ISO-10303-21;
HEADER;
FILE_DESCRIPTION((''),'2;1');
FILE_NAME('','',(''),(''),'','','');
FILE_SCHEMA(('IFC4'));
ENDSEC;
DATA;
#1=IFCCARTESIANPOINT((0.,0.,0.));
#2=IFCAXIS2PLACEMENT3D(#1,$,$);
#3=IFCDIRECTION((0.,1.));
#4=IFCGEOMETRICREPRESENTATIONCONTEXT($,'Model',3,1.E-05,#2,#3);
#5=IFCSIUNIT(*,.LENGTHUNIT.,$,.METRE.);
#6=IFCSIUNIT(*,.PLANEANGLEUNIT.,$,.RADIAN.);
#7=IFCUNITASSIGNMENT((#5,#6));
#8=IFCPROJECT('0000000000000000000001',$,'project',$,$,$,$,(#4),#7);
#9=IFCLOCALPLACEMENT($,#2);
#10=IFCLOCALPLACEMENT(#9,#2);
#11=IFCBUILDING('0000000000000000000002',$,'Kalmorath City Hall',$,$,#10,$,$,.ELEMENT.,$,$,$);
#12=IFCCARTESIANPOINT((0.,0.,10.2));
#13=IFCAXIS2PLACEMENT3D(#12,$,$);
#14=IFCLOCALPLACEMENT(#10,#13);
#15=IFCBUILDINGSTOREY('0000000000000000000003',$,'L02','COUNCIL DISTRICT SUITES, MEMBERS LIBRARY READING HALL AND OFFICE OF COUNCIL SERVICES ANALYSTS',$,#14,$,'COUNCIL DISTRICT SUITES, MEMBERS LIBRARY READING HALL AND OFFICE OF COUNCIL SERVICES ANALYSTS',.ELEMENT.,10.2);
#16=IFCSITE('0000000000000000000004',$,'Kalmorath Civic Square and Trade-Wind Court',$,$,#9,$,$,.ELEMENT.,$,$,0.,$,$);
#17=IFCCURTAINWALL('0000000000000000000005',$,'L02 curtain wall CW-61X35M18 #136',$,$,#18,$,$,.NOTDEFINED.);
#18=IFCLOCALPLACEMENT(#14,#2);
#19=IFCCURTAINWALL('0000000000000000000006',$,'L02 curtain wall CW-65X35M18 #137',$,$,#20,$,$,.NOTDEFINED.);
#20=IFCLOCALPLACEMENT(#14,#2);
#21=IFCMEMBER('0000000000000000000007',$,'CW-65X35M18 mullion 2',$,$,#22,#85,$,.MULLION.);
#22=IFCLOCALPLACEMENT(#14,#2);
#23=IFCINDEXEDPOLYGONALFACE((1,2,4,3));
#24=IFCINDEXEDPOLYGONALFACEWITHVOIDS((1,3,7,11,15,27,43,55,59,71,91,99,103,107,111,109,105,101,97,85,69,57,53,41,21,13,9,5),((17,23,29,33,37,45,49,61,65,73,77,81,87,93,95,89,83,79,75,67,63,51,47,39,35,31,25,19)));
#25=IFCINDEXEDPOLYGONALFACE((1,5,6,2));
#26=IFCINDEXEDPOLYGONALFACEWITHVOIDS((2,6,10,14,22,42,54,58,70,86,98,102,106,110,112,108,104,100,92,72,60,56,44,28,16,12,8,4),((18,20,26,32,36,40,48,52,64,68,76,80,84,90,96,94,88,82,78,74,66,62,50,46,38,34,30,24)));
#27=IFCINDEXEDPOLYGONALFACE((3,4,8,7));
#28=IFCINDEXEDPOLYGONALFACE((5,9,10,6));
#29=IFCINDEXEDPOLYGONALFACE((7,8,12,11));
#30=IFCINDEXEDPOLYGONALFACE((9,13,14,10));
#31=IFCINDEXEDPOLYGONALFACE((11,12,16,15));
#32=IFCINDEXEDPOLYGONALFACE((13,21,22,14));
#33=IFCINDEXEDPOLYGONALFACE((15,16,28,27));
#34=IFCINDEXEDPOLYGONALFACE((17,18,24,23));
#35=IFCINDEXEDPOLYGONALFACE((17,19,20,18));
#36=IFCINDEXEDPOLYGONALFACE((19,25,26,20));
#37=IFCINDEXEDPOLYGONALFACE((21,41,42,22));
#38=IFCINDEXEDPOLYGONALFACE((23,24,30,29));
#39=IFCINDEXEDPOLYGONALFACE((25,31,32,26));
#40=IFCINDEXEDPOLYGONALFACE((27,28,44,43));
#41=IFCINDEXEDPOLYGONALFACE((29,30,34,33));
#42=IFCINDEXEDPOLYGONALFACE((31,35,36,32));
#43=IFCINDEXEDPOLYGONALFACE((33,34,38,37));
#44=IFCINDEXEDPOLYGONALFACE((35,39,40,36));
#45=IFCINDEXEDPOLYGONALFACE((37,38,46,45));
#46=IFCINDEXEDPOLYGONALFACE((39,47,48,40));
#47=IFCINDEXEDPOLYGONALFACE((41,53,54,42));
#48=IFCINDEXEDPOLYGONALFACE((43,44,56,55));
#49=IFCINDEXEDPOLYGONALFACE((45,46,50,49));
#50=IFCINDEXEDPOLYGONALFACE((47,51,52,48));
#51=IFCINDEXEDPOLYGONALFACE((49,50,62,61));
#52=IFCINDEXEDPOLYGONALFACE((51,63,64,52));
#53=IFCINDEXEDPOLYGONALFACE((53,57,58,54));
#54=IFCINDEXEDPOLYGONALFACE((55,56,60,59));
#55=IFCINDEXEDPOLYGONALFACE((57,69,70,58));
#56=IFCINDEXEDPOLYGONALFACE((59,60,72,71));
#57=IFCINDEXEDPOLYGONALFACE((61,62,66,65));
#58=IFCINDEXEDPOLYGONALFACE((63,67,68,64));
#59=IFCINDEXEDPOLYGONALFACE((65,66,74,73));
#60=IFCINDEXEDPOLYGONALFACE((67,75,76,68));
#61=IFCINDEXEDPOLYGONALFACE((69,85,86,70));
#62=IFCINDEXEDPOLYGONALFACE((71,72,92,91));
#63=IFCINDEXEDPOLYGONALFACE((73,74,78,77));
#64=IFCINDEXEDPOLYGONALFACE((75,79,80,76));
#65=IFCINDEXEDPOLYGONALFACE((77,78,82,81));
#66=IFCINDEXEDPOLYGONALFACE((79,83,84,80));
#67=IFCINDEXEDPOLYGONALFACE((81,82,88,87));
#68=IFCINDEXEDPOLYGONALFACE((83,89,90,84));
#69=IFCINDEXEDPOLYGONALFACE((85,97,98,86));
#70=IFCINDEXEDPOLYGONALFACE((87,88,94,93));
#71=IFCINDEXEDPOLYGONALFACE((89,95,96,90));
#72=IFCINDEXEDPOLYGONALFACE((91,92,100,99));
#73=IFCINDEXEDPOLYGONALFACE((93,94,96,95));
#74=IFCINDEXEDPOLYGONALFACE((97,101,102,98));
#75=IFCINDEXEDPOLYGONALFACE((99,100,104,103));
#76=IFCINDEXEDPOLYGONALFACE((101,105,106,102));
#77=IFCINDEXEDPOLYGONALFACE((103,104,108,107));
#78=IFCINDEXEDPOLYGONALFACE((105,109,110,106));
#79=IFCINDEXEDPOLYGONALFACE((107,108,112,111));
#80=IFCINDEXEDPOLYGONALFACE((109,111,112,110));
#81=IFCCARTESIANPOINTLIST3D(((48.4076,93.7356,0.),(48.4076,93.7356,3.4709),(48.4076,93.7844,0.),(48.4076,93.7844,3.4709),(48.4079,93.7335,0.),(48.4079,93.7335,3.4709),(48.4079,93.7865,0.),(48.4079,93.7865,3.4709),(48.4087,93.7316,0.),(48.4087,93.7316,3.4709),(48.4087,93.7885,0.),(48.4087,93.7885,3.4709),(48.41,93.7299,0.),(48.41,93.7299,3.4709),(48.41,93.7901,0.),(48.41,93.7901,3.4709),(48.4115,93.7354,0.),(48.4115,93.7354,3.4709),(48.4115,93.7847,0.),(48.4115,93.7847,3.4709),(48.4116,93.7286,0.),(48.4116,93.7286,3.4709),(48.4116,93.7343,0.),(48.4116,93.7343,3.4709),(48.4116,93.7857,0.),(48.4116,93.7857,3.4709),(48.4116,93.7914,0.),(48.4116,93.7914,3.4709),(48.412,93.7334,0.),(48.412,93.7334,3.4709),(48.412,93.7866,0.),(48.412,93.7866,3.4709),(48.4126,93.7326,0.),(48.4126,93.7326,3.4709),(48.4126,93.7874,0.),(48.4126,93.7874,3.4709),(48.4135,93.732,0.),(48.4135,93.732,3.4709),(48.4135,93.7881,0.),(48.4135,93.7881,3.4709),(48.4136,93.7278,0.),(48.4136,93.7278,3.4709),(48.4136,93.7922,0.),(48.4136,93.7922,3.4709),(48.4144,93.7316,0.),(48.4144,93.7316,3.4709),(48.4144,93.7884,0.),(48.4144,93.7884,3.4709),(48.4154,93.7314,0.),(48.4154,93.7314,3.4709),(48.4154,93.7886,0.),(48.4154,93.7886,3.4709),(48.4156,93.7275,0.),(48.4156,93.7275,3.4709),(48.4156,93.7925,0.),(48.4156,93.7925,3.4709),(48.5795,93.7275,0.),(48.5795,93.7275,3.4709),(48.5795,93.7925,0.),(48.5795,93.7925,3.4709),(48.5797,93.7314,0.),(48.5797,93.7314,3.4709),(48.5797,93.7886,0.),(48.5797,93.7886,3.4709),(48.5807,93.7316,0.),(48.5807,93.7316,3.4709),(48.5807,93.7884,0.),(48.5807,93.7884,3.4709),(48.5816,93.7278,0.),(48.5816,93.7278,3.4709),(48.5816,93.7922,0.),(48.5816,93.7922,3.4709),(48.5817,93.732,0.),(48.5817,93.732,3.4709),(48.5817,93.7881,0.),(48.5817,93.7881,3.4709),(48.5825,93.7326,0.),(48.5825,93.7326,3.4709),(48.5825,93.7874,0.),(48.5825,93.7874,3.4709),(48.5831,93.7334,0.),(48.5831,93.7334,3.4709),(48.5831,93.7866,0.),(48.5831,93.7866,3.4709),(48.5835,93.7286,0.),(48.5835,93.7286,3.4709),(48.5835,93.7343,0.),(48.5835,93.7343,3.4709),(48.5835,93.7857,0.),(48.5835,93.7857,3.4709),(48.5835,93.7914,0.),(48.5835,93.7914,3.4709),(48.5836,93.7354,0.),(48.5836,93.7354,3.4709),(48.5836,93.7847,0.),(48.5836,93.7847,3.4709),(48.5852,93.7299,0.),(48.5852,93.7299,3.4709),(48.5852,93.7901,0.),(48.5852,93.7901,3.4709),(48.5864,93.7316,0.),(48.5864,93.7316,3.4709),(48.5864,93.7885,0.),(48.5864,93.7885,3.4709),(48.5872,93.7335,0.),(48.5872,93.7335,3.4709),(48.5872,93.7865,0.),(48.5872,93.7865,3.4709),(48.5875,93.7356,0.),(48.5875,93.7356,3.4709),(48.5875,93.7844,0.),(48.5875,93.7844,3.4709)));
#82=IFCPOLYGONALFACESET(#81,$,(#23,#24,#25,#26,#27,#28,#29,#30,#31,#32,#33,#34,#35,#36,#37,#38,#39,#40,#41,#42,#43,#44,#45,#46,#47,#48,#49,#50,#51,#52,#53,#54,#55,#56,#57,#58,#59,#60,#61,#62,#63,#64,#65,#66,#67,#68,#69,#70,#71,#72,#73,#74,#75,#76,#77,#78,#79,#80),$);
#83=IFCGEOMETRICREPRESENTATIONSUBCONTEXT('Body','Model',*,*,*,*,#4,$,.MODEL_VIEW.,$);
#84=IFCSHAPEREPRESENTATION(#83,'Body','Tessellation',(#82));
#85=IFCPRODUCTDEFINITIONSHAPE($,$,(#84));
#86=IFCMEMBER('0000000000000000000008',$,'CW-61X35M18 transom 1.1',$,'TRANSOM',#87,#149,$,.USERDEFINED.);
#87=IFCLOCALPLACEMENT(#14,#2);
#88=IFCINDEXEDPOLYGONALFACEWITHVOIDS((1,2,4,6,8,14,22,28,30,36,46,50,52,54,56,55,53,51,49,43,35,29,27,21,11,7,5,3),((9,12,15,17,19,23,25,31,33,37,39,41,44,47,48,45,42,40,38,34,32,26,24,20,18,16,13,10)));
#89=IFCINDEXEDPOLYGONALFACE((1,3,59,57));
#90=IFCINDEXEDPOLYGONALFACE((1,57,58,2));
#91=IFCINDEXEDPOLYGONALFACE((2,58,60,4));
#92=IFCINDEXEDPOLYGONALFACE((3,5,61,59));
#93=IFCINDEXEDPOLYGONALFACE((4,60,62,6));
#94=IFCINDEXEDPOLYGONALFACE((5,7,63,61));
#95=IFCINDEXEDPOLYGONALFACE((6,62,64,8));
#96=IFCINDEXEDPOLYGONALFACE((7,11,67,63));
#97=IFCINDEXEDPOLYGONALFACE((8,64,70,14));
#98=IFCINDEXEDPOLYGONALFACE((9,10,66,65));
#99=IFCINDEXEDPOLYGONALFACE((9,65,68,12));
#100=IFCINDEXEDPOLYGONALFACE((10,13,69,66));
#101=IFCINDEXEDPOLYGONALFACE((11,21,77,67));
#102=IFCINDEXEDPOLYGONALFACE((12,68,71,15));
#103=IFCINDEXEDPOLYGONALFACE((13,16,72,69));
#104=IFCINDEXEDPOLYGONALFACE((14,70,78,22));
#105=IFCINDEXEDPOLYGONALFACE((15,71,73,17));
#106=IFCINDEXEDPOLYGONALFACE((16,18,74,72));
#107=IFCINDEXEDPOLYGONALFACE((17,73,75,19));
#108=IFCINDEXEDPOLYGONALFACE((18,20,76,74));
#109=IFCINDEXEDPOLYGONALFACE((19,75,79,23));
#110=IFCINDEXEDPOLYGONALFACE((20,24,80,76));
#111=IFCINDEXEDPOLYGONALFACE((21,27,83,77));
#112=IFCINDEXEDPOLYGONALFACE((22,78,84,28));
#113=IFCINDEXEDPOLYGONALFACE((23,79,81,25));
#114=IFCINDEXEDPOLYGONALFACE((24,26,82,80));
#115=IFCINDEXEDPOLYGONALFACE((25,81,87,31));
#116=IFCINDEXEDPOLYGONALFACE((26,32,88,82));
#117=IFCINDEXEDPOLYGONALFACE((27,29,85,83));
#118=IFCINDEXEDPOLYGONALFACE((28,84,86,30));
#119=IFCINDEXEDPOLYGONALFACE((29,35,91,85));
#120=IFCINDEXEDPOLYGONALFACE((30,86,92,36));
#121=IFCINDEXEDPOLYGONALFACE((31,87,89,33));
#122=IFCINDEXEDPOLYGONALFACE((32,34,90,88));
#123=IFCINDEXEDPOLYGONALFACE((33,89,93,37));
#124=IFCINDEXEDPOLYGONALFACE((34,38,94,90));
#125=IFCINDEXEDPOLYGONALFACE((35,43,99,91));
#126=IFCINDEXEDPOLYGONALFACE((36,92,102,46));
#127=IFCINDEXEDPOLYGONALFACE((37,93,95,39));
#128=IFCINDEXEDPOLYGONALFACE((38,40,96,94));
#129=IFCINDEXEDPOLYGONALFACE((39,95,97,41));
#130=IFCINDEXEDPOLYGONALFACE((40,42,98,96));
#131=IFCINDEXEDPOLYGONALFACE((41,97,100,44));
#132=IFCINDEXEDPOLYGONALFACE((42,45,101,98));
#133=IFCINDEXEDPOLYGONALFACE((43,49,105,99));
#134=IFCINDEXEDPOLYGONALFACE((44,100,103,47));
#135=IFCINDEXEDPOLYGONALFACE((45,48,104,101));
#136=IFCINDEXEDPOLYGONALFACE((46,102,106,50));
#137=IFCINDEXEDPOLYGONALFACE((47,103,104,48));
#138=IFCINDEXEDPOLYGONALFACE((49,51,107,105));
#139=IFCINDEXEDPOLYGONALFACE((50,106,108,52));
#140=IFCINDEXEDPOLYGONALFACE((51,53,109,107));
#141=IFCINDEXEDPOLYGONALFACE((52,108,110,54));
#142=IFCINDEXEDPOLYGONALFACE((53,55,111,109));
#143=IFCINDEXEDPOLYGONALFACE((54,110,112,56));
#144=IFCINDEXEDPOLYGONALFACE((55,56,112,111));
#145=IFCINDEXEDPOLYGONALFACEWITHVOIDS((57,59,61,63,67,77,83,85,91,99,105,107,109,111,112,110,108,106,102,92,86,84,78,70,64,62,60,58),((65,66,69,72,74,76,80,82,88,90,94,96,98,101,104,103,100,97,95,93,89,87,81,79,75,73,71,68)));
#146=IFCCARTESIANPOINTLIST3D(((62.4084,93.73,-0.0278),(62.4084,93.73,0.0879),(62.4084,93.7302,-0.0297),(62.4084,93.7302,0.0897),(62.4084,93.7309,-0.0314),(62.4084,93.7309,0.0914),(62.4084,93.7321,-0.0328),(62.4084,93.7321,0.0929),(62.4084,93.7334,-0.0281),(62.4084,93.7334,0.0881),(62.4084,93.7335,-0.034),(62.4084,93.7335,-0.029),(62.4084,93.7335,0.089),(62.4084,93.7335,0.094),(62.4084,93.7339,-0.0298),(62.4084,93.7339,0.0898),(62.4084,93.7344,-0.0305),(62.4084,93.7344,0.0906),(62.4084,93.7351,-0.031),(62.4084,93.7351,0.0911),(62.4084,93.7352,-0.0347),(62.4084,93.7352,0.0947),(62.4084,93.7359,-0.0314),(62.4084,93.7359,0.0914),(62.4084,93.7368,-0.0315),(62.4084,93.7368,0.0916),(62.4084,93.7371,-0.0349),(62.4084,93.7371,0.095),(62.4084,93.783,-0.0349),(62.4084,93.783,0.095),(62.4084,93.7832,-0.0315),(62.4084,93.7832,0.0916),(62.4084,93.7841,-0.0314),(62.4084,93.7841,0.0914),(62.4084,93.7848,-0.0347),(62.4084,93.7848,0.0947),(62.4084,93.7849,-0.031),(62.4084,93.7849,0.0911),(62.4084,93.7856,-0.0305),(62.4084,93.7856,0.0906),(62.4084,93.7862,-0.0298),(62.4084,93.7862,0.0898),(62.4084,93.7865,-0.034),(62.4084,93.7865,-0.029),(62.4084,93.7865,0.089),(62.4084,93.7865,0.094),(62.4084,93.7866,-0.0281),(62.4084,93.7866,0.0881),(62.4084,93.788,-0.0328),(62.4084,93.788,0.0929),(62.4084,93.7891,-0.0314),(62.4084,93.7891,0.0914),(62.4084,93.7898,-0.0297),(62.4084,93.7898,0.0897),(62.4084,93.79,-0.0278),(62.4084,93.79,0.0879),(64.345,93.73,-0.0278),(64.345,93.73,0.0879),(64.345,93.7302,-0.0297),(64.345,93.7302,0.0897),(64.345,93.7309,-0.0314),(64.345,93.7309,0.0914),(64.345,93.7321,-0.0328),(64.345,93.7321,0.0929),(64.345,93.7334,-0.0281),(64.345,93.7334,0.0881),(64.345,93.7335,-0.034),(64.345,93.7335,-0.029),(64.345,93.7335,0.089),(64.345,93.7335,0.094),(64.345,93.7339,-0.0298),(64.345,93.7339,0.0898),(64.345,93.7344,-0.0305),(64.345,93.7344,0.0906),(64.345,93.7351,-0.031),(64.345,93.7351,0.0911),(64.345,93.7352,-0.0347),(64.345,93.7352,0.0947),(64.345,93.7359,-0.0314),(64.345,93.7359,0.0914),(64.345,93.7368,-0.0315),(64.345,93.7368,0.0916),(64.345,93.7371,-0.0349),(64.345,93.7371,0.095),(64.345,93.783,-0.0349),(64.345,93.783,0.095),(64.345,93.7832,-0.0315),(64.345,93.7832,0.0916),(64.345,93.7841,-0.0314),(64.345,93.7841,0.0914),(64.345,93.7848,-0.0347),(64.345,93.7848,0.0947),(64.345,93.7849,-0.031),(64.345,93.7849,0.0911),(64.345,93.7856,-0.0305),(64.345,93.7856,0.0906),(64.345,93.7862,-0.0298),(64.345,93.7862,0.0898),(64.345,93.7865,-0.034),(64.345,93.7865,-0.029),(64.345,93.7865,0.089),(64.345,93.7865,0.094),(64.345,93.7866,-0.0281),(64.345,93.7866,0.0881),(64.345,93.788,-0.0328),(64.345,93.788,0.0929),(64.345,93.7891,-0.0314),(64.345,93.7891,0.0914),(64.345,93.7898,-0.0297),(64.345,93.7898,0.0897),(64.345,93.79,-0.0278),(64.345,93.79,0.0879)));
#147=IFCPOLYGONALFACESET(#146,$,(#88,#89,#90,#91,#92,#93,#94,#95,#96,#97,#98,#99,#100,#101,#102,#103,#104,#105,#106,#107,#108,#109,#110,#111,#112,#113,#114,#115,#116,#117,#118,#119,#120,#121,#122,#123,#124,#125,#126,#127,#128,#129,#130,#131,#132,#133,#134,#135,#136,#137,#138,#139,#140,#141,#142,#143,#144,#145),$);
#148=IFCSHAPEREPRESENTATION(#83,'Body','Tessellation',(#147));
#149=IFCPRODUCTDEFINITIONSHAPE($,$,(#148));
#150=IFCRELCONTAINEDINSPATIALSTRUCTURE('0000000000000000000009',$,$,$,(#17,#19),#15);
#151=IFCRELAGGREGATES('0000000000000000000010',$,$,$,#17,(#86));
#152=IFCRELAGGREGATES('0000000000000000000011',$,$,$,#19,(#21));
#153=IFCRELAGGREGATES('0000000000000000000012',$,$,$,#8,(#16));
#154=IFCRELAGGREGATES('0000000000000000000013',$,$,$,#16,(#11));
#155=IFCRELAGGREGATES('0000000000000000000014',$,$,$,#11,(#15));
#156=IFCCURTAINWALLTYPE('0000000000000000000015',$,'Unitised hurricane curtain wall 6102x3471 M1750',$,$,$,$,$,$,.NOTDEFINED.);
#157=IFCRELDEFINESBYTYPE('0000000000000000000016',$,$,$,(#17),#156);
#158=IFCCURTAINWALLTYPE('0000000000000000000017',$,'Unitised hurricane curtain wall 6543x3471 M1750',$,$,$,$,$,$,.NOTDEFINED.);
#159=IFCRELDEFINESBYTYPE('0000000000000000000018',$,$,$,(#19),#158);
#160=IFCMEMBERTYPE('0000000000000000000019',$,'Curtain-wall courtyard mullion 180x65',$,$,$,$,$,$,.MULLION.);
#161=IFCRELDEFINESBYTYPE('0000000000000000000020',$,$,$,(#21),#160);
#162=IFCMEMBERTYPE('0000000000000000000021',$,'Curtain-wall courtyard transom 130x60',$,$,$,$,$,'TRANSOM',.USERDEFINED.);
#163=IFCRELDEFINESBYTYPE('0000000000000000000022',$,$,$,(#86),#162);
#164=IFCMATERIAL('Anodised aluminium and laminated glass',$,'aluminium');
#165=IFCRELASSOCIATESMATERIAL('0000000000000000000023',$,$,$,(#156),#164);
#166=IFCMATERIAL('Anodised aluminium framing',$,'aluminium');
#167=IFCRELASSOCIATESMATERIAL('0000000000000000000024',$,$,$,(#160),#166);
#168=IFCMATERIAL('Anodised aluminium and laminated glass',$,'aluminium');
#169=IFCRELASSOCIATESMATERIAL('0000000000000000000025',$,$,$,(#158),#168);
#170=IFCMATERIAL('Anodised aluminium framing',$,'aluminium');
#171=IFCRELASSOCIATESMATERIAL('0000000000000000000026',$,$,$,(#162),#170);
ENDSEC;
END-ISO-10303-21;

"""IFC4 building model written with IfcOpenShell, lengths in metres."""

from ifc_helpers import new_model, si_unit, direction, frame, origin, origin_2d, place, context, subcontext, project, spatial, hollow_rectangle, extrude, material, material_profile, profile_set, type_object, element, aggregate, save


model = new_model("IFC4")

# Units and contexts
model_context = context("Model", 3, precision=1e-05, world=origin(), true_north=direction((0.0, 1.0)))
body_context = subcontext(model_context, "Body", "Model", "MODEL_VIEW")
ifc_project = project(units=[si_unit("LENGTHUNIT", "METRE"), si_unit("PLANEANGLEUNIT", "RADIAN")], contexts=[model_context])

# Site, building, storey
site_placement = place(None, origin())
site = spatial("IfcSite", under=ifc_project, at=site_placement, Name="Kalmorath Civic Square and Trade-Wind Court", CompositionType="ELEMENT", RefElevation=0.0)
building_placement = place(site_placement, origin())
building = spatial("IfcBuilding", under=site, at=building_placement, Name="Kalmorath City Hall", CompositionType="ELEMENT")
storey_placement = place(building_placement, frame((0.0, 0.0, 10.2)))
storey = spatial("IfcBuildingStorey", under=building, at=storey_placement, Name="L02", Description="COUNCIL DISTRICT SUITES, MEMBERS LIBRARY READING HALL AND OFFICE OF COUNCIL SERVICES ANALYSTS", LongName="COUNCIL DISTRICT SUITES, MEMBERS LIBRARY READING HALL AND OFFICE OF COUNCIL SERVICES ANALYSTS", CompositionType="ELEMENT", Elevation=10.2)

# Curtain walls, member
ifc_material_1 = material(Name="Anodised aluminium and laminated glass", Category="aluminium")
curtain_wall_type_1 = type_object("IfcCurtainWallType", Name="Unitised hurricane curtain wall 6102x3471 M1750", PredefinedType="NOTDEFINED", material=ifc_material_1)
curtain_wall_1_placement = place(storey_placement, origin())
curtain_wall_1 = element("IfcCurtainWall", 1, at=curtain_wall_1_placement, inside=storey, type_object=curtain_wall_type_1, Name="L02 curtain wall CW-61X35M18 #136", PredefinedType="NOTDEFINED")
ifc_material_2 = material(Name="Anodised aluminium framing", Category="aluminium")
ifc_material_profile_1 = material_profile(ifc_material_2, hollow_rectangle(XDim=0.0649, YDim=0.1799, WallThickness=0.0039, InnerFilletRadius=0.0039, OuterFilletRadius=0.0081, at=origin_2d()), Name="ALU-MUL-180X65X4")
ifc_profile_set_1 = profile_set([ifc_material_profile_1], Name="Anodised aluminium framing")
member_type_1 = type_object("IfcMemberType", Name="Curtain-wall courtyard mullion 180x65", PredefinedType="MULLION", material=ifc_profile_set_1)
ifc_material_3 = material(Name="Anodised aluminium and laminated glass", Category="aluminium")
curtain_wall_type_2 = type_object("IfcCurtainWallType", Name="Unitised hurricane curtain wall 6543x3471 M1750", PredefinedType="NOTDEFINED", material=ifc_material_3)
curtain_wall_2_placement = place(storey_placement, origin())
curtain_wall_2 = element("IfcCurtainWall", 2, at=curtain_wall_2_placement, inside=storey, type_object=curtain_wall_type_2, Name="L02 curtain wall CW-65X35M18 #137", PredefinedType="NOTDEFINED")
member_1_placement = place(storey_placement, frame((48.4976, 93.76, 0.0), z_axis=(0.0, 0.0, 1.0), x_axis=(0.0, -1.0, 0.0)))
member_1 = element("IfcMember", 3, at=member_1_placement, type_object=member_type_1, Name="CW-65X35M18 mullion 2", PredefinedType="MULLION", context=body_context, shape_type="SweptSolid", body=[
    extrude(hollow_rectangle(XDim=0.0649, YDim=0.1799, WallThickness=0.0039, InnerFilletRadius=0.0039, OuterFilletRadius=0.0081, at=origin_2d()), origin(), (0.0, 0.0, 1.0), 3.4709),
])

# Member
ifc_material_4 = material(Name="Anodised aluminium framing", Category="aluminium")
ifc_material_profile_2 = material_profile(ifc_material_4, hollow_rectangle(XDim=0.0601, YDim=0.1299, WallThickness=0.0034, InnerFilletRadius=0.0034, OuterFilletRadius=0.0071, at=origin_2d()), Name="ALU-TRN-130X60X3.5")
ifc_profile_set_2 = profile_set([ifc_material_profile_2], Name="Anodised aluminium framing")
member_type_2 = type_object("IfcMemberType", Name="Curtain-wall courtyard transom 130x60", ElementType="TRANSOM", PredefinedType="USERDEFINED", material=ifc_profile_set_2)
member_2_placement = place(storey_placement, frame((64.345, 93.76, 0.03), z_axis=(-1.0, 0.0, 0.0), x_axis=(0.0, -1.0, 0.0)))
member_2 = element("IfcMember", 4, at=member_2_placement, type_object=member_type_2, Name="CW-61X35M18 transom 1.1", ObjectType="TRANSOM", PredefinedType="USERDEFINED", context=body_context, shape_type="SweptSolid", body=[
    extrude(hollow_rectangle(XDim=0.0601, YDim=0.1299, WallThickness=0.0034, InnerFilletRadius=0.0034, OuterFilletRadius=0.0071, at=origin_2d()), origin(), (0.0, 0.0, 1.0), 1.9365),
])

aggregate(curtain_wall_1, [member_2])
aggregate(curtain_wall_2, [member_1])

save(model, "model.ifc")
